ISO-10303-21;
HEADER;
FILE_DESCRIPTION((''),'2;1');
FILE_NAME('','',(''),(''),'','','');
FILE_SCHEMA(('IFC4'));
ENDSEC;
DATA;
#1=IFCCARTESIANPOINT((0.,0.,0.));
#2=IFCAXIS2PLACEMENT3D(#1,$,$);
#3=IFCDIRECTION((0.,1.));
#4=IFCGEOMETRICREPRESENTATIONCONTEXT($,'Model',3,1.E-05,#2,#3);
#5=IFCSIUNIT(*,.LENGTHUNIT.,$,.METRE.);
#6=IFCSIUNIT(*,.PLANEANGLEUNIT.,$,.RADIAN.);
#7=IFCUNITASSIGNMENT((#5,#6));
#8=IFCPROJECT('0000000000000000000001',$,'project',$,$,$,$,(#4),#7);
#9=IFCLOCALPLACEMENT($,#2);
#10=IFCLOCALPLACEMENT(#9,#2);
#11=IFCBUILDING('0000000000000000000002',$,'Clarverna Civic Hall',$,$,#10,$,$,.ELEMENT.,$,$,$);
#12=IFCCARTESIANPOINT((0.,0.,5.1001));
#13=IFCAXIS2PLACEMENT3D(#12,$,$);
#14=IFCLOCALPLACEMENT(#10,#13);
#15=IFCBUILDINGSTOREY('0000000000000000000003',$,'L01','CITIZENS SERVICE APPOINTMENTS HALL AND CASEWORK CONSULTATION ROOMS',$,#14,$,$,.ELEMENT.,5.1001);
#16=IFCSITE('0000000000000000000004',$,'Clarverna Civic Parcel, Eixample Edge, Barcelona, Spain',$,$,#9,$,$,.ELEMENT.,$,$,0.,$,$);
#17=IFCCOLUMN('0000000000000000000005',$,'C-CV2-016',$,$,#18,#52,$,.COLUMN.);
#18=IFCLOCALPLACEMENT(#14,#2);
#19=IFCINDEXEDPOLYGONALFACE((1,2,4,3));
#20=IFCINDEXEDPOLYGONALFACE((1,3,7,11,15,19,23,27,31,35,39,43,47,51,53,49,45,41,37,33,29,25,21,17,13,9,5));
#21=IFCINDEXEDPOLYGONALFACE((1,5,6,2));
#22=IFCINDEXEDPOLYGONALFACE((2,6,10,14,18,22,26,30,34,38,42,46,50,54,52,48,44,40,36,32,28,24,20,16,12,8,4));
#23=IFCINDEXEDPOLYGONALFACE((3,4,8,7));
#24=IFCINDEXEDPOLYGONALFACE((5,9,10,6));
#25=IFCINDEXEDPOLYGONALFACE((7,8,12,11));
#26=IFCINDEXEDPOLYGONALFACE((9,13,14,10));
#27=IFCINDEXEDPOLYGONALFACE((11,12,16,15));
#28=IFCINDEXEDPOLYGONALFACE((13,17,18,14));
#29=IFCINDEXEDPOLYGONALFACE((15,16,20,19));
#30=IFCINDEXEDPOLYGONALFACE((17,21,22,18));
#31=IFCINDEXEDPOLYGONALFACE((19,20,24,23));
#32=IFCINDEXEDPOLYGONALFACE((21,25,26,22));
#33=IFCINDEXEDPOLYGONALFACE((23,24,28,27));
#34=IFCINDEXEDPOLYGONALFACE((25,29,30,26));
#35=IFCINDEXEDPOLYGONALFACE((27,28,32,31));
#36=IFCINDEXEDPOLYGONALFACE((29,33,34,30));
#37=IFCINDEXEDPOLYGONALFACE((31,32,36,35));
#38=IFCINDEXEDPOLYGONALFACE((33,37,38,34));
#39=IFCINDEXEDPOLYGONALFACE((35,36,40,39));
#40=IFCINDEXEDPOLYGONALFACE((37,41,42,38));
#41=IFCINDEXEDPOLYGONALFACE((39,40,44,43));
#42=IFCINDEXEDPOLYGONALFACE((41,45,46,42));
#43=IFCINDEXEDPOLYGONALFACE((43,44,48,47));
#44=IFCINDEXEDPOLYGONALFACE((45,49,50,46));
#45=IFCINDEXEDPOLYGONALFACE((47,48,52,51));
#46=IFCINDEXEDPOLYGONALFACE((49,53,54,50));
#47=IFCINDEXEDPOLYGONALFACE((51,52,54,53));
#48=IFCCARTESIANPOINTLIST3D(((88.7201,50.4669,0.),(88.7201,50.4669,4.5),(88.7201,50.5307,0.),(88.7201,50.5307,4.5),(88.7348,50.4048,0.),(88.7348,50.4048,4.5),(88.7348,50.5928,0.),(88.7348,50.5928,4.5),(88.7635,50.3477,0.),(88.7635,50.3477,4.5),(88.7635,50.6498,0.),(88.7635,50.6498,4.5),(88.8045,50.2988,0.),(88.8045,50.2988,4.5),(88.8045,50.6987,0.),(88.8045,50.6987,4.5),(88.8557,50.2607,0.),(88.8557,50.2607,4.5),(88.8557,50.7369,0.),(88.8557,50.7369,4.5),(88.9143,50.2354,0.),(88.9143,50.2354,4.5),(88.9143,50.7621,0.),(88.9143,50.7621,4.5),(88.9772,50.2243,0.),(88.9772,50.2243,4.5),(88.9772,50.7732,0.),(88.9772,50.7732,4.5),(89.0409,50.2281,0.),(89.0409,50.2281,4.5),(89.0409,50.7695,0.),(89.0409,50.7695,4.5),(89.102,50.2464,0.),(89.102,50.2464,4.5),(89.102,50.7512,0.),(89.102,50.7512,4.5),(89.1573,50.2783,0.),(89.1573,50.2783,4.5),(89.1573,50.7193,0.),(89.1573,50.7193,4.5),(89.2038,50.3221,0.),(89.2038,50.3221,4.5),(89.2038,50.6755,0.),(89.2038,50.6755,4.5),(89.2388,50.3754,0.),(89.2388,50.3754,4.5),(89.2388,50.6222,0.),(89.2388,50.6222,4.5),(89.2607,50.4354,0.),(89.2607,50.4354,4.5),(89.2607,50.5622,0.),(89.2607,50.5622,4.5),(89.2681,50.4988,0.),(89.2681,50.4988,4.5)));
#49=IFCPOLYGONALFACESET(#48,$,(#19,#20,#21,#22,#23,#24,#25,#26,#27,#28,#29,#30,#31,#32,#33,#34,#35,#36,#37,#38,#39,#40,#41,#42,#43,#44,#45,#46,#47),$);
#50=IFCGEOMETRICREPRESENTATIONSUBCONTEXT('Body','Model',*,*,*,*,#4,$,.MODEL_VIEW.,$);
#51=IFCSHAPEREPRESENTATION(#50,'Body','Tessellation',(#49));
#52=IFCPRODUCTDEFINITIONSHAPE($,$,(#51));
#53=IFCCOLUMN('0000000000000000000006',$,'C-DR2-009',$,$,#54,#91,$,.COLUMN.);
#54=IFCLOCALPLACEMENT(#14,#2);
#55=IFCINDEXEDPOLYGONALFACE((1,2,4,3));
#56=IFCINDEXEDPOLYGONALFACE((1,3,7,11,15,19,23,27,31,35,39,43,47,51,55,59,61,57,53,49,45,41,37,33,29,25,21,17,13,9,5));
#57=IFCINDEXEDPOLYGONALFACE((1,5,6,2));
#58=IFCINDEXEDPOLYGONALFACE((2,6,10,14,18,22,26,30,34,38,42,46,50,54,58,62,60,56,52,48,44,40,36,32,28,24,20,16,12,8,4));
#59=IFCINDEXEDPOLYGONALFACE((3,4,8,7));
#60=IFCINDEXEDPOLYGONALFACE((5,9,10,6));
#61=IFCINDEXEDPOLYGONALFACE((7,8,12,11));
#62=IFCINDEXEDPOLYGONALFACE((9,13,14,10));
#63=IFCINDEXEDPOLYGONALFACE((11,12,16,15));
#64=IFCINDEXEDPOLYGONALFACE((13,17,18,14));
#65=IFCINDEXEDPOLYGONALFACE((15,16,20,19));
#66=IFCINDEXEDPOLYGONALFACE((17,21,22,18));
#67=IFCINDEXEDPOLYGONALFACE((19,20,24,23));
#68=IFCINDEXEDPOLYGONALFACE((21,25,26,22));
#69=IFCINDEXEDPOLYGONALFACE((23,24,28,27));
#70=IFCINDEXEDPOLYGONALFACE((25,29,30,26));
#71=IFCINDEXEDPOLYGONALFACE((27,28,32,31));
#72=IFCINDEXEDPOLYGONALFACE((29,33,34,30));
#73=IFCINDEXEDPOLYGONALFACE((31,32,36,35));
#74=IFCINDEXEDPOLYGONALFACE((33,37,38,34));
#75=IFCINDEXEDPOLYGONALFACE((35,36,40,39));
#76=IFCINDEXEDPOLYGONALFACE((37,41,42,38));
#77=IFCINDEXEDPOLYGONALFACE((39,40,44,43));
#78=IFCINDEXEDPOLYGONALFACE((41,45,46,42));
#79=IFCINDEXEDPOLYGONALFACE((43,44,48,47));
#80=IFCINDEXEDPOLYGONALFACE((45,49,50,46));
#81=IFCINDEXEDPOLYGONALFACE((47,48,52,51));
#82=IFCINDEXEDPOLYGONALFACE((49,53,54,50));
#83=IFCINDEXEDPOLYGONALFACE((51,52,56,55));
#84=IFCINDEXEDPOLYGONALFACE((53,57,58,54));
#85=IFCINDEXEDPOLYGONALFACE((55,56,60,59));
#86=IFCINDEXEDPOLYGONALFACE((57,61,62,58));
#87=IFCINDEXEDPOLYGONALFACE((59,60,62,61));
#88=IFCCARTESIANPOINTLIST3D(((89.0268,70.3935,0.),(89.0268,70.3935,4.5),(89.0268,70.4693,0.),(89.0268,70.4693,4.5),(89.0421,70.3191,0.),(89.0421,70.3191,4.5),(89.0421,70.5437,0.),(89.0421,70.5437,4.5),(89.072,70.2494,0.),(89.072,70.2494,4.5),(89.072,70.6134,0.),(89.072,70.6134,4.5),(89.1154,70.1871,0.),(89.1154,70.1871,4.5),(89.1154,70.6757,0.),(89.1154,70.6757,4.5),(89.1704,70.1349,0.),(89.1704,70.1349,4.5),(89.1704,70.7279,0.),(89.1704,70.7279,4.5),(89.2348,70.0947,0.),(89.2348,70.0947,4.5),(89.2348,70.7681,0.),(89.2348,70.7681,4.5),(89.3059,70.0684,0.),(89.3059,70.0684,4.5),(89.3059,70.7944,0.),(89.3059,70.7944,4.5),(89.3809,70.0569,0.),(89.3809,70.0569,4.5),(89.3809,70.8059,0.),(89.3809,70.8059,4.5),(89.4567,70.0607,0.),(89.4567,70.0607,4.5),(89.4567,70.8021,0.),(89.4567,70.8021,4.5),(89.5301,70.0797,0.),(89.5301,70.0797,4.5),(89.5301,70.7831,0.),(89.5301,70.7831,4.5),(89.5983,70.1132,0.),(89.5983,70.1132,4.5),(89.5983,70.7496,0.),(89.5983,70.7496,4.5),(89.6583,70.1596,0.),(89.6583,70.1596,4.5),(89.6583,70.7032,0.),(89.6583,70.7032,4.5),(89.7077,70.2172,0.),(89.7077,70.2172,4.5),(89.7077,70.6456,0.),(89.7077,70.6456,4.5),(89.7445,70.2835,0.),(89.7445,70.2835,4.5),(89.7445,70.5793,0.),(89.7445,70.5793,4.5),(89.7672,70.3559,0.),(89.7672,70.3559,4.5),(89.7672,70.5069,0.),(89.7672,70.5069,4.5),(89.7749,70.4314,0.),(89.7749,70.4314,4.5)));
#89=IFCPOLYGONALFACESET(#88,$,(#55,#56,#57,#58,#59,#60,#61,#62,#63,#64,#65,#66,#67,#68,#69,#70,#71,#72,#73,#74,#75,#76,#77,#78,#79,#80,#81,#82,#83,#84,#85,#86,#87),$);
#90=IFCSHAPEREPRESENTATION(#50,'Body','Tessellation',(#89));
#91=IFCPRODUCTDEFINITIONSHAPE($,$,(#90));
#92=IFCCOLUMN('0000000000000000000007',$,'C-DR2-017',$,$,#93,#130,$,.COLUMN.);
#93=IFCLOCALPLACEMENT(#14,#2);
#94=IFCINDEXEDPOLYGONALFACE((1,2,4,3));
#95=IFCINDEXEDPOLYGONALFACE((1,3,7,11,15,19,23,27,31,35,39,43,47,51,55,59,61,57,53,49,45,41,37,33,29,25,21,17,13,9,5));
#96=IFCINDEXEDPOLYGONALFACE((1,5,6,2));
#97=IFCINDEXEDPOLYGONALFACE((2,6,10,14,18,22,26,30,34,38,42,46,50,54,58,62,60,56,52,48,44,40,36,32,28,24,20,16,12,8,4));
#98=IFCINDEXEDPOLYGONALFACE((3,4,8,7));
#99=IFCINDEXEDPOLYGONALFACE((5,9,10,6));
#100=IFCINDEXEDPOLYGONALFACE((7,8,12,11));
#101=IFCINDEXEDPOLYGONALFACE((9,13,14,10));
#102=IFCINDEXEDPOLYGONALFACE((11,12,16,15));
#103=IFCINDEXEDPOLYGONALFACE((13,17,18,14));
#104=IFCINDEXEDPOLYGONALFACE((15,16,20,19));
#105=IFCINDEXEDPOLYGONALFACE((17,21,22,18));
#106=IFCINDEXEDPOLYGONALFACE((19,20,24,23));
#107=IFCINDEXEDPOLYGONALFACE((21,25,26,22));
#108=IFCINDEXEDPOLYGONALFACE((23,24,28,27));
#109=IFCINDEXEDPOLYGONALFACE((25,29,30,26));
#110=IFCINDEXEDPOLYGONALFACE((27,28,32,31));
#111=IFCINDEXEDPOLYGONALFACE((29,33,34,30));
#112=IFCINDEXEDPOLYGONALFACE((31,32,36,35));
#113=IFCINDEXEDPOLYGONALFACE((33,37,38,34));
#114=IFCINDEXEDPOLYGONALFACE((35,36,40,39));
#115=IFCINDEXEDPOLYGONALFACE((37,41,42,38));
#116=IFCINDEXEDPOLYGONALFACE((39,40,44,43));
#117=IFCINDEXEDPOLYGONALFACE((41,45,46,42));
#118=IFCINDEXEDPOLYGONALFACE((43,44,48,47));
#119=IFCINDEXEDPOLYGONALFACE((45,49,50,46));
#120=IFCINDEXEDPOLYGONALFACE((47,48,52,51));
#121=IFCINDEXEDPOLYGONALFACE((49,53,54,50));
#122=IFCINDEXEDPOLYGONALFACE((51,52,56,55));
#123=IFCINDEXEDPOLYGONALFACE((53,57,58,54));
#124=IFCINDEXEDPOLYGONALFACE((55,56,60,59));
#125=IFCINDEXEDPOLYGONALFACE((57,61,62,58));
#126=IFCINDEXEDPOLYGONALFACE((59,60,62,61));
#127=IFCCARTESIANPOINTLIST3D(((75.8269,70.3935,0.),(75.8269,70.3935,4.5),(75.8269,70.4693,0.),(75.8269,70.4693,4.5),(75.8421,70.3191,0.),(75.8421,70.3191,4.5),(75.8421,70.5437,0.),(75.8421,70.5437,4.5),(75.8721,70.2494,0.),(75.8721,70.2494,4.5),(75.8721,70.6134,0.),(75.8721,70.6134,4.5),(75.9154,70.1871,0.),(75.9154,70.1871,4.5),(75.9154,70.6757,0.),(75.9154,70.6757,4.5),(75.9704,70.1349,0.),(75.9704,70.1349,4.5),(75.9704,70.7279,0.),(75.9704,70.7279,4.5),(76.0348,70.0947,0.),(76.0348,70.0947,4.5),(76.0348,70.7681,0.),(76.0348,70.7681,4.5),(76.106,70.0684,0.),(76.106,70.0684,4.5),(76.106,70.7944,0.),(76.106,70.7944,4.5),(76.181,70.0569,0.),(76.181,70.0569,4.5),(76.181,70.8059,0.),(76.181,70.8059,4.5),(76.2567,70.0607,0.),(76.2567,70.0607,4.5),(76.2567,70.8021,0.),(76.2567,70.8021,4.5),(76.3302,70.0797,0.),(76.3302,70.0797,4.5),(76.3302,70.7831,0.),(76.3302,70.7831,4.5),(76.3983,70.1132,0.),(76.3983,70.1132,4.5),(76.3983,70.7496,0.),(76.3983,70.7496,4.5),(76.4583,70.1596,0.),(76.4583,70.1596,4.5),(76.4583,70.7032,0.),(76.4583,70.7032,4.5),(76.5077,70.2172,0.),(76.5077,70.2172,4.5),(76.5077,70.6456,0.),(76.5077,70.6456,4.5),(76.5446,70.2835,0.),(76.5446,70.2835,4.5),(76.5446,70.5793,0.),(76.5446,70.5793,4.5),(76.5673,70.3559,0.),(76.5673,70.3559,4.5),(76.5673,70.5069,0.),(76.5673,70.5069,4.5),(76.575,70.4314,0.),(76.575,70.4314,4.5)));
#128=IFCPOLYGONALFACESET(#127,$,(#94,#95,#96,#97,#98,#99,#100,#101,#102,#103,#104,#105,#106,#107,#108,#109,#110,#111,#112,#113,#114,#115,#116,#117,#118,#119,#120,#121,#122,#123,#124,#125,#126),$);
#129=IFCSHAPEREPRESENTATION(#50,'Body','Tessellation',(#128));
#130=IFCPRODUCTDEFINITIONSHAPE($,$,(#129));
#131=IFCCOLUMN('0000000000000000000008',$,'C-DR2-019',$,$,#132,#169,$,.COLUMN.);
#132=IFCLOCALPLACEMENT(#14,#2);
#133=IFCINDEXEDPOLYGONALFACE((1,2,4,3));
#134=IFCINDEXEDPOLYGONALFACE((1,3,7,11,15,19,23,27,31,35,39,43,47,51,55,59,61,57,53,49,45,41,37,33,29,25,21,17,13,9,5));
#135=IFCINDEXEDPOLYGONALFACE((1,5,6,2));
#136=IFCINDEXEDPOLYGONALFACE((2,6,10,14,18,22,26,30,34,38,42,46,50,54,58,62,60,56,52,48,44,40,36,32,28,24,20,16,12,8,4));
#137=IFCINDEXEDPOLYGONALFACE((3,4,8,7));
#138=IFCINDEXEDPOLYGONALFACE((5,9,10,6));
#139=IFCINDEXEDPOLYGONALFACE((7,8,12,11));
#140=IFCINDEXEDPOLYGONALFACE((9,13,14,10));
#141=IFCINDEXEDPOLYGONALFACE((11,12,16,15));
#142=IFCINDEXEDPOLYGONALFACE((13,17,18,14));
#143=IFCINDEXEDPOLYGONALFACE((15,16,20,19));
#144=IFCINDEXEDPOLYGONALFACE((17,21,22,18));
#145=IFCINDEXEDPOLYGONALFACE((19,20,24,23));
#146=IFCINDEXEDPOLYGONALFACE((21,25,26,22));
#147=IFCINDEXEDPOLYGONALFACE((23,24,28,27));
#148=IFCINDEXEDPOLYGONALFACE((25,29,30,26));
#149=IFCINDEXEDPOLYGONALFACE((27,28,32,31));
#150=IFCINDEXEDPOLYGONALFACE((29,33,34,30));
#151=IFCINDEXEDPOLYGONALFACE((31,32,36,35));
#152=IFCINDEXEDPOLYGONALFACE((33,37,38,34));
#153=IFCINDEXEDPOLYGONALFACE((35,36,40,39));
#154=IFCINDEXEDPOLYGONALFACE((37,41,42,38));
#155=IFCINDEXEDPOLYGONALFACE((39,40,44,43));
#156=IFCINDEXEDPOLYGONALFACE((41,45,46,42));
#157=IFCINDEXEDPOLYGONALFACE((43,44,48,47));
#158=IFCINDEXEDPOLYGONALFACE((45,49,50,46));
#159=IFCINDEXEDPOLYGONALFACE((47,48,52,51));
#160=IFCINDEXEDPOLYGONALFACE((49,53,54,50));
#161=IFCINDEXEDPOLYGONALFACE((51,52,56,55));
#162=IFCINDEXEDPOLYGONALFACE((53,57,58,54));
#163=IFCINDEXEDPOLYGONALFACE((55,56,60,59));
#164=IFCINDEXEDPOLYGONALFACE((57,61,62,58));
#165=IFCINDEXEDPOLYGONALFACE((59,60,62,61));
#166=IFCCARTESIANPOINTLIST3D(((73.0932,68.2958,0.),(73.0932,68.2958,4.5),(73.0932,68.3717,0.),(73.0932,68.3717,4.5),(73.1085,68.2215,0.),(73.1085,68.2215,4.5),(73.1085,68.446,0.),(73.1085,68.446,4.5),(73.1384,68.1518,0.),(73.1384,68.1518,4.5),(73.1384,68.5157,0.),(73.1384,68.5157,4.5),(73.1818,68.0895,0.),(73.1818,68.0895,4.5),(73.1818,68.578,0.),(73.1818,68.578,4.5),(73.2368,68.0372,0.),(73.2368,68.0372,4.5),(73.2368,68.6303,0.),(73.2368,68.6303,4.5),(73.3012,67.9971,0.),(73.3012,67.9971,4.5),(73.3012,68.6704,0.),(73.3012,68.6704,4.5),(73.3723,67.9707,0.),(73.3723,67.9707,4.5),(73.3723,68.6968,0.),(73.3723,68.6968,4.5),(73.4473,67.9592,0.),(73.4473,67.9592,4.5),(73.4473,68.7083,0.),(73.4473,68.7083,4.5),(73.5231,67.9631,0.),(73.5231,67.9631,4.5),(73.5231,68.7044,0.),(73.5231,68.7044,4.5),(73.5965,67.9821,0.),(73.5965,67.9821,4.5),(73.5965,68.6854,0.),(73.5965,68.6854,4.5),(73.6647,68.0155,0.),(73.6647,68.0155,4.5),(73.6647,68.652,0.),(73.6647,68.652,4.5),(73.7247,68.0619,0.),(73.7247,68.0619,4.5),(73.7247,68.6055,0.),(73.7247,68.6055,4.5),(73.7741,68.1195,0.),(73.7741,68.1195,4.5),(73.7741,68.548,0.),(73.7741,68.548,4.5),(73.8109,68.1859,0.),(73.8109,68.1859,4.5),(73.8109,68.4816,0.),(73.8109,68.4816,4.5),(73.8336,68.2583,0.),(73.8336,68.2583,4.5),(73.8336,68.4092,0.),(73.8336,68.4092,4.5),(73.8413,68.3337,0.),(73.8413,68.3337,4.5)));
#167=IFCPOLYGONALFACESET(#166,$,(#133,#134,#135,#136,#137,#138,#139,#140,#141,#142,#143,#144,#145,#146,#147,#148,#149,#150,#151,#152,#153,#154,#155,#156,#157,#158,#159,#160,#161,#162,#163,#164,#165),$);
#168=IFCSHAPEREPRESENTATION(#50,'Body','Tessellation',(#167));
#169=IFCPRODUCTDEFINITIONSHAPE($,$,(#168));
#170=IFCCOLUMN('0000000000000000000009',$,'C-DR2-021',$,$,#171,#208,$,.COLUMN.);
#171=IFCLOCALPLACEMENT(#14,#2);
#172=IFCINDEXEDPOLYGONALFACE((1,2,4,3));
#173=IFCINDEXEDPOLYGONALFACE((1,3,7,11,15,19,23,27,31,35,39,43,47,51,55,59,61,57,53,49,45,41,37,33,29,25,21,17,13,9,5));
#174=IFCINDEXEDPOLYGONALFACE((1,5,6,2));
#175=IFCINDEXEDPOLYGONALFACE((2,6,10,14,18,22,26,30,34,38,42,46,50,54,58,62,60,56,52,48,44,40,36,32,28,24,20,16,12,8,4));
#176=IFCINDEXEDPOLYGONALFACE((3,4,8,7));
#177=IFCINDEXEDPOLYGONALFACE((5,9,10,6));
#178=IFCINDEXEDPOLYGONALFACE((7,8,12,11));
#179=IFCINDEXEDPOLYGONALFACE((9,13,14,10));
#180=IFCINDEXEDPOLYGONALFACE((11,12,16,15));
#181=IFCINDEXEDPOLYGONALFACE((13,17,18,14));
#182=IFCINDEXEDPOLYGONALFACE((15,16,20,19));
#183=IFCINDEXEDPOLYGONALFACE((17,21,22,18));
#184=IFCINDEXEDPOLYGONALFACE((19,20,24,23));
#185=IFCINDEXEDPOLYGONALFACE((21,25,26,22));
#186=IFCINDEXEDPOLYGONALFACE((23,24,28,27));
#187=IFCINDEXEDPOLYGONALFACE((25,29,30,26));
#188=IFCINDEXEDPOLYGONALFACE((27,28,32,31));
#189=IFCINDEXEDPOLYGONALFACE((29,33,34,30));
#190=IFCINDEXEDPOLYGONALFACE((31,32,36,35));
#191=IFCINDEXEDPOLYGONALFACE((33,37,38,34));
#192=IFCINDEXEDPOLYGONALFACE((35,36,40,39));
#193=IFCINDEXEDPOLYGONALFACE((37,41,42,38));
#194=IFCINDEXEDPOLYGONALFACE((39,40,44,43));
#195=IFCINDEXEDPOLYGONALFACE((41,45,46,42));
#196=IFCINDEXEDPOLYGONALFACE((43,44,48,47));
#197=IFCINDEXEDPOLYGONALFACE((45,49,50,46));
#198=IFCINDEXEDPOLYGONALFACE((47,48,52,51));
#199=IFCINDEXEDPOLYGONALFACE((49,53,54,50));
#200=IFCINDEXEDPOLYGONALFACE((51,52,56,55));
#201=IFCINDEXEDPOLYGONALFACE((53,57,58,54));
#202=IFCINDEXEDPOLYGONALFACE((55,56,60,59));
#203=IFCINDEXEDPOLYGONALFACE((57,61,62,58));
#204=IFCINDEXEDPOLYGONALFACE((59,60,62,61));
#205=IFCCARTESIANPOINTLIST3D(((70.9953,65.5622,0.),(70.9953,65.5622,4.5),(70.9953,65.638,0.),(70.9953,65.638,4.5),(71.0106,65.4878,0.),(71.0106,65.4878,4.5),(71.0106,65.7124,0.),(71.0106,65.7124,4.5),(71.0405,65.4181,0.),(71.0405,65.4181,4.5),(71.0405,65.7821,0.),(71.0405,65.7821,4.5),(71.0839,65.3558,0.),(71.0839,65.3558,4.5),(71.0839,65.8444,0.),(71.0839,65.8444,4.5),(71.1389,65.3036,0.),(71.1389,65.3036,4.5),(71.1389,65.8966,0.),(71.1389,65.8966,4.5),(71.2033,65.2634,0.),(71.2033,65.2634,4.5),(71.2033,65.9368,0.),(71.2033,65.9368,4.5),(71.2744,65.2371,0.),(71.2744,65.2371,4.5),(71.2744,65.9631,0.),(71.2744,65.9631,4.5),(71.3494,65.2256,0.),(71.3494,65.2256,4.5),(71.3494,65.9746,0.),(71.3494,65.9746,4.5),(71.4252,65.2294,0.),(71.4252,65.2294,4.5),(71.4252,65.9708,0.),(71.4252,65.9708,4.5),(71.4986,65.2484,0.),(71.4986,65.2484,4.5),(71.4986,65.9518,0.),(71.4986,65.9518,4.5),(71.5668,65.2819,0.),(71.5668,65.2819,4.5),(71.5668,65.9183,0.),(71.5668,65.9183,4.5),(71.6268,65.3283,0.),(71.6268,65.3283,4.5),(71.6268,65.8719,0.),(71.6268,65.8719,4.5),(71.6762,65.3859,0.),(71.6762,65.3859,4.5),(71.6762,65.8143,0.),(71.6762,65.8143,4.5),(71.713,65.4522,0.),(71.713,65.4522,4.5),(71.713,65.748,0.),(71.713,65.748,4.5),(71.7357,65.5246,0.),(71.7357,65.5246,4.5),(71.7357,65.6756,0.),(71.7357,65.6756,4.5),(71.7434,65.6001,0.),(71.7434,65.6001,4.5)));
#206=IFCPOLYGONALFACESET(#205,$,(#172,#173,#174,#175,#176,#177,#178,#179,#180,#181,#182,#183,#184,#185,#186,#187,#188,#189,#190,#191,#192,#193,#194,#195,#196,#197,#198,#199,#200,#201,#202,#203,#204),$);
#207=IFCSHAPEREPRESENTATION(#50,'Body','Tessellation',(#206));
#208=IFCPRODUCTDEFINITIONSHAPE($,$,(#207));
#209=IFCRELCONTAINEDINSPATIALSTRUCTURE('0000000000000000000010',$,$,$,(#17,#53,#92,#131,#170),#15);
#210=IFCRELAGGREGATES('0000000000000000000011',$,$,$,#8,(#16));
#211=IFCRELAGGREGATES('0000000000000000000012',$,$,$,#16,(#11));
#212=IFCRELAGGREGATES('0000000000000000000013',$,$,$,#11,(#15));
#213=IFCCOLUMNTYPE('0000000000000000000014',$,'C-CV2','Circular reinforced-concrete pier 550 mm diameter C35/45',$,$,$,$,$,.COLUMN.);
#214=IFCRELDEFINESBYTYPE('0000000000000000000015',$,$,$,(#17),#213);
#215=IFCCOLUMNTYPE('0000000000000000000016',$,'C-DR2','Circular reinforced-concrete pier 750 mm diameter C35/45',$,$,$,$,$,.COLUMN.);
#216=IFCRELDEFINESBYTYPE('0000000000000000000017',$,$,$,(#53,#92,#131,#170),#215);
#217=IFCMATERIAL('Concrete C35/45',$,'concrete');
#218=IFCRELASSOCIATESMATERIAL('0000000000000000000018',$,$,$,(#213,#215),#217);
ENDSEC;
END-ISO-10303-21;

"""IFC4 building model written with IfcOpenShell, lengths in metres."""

from ifc_helpers import new_model, si_unit, direction, frame, origin, origin_2d, place, context, subcontext, project, spatial, circle, extrude, material, material_profile, profile_set, type_object, element, save


model = new_model("IFC4")

# Units and contexts
model_context = context("Model", 3, precision=1e-05, world=origin(), true_north=direction((0.0, 1.0)))
body_context = subcontext(model_context, "Body", "Model", "MODEL_VIEW")
ifc_project = project(units=[si_unit("LENGTHUNIT", "METRE"), si_unit("PLANEANGLEUNIT", "RADIAN")], contexts=[model_context])

# Site, building, storey
site_placement = place(None, origin())
site = spatial("IfcSite", under=ifc_project, at=site_placement, Name="Clarverna Civic Parcel, Eixample Edge, Barcelona, Spain", CompositionType="ELEMENT", RefElevation=0.0)
building_placement = place(site_placement, origin())
building = spatial("IfcBuilding", under=site, at=building_placement, Name="Clarverna Civic Hall", CompositionType="ELEMENT")
storey_placement = place(building_placement, frame((0.0, 0.0, 5.1001)))
storey = spatial("IfcBuildingStorey", under=building, at=storey_placement, Name="L01", Description="CITIZENS SERVICE APPOINTMENTS HALL AND CASEWORK CONSULTATION ROOMS", CompositionType="ELEMENT", Elevation=5.1001)

# Columns
ifc_material_1 = material(Name="Concrete C35/45", Category="concrete")
ifc_material_profile_1 = material_profile(ifc_material_1, circle(Radius=0.2749, at=origin_2d()), Name="RC D550")
ifc_profile_set_1 = profile_set([ifc_material_profile_1], Name="Concrete C35/45")
column_type_1 = type_object("IfcColumnType", Name="C-CV2", Description="Circular reinforced-concrete pier 550 mm diameter C35/45", PredefinedType="COLUMN", material=ifc_profile_set_1)
column_1_placement = place(storey_placement, frame((88.9932, 50.4988, 0.0), z_axis=(0.0, 0.0, 1.0), x_axis=(1.0, 0.0, 0.0)))
element("IfcColumn", 1, at=column_1_placement, inside=storey, type_object=column_type_1, Name="C-CV2-016", PredefinedType="COLUMN", context=body_context, shape_type="SweptSolid", body=[
    extrude(circle(Radius=0.2749, at=origin_2d()), origin(), (0.0, 0.0, 1.0), 4.5),
])
ifc_material_profile_2 = material_profile(ifc_material_1, circle(Radius=0.375, at=origin_2d()), Name="RC D750")
ifc_profile_set_2 = profile_set([ifc_material_profile_2], Name="Concrete C35/45")
column_type_2 = type_object("IfcColumnType", Name="C-DR2", Description="Circular reinforced-concrete pier 750 mm diameter C35/45", PredefinedType="COLUMN", material=ifc_profile_set_2)
for number, where, z_axis, x_axis, name in (
    (2, (89.3999, 70.4314, 0.0), (0.0, 0.0, 1.0), (1.0, 0.0, 0.0), "C-DR2-009"),
    (3, (76.2, 70.4314, 0.0), (0.0, 0.0, 1.0), (1.0, 0.0, 0.0), "C-DR2-017"),
    (4, (73.4663, 68.3337, 0.0), (0.0, 0.0, 1.0), (1.0, 0.0, 0.0), "C-DR2-019"),
    (5, (71.3684, 65.6001, 0.0), (0.0, 0.0, 1.0), (1.0, 0.0, 0.0), "C-DR2-021"),
):
    element("IfcColumn", number, at=place(storey_placement, frame(where, z_axis=z_axis, x_axis=x_axis)), inside=storey, type_object=column_type_2, Name=name, PredefinedType="COLUMN", context=body_context, shape_type="SweptSolid", body=[
        extrude(circle(Radius=0.375, at=origin_2d()), origin(), (0.0, 0.0, 1.0), 4.5),
    ])

save(model, "model.ifc")
